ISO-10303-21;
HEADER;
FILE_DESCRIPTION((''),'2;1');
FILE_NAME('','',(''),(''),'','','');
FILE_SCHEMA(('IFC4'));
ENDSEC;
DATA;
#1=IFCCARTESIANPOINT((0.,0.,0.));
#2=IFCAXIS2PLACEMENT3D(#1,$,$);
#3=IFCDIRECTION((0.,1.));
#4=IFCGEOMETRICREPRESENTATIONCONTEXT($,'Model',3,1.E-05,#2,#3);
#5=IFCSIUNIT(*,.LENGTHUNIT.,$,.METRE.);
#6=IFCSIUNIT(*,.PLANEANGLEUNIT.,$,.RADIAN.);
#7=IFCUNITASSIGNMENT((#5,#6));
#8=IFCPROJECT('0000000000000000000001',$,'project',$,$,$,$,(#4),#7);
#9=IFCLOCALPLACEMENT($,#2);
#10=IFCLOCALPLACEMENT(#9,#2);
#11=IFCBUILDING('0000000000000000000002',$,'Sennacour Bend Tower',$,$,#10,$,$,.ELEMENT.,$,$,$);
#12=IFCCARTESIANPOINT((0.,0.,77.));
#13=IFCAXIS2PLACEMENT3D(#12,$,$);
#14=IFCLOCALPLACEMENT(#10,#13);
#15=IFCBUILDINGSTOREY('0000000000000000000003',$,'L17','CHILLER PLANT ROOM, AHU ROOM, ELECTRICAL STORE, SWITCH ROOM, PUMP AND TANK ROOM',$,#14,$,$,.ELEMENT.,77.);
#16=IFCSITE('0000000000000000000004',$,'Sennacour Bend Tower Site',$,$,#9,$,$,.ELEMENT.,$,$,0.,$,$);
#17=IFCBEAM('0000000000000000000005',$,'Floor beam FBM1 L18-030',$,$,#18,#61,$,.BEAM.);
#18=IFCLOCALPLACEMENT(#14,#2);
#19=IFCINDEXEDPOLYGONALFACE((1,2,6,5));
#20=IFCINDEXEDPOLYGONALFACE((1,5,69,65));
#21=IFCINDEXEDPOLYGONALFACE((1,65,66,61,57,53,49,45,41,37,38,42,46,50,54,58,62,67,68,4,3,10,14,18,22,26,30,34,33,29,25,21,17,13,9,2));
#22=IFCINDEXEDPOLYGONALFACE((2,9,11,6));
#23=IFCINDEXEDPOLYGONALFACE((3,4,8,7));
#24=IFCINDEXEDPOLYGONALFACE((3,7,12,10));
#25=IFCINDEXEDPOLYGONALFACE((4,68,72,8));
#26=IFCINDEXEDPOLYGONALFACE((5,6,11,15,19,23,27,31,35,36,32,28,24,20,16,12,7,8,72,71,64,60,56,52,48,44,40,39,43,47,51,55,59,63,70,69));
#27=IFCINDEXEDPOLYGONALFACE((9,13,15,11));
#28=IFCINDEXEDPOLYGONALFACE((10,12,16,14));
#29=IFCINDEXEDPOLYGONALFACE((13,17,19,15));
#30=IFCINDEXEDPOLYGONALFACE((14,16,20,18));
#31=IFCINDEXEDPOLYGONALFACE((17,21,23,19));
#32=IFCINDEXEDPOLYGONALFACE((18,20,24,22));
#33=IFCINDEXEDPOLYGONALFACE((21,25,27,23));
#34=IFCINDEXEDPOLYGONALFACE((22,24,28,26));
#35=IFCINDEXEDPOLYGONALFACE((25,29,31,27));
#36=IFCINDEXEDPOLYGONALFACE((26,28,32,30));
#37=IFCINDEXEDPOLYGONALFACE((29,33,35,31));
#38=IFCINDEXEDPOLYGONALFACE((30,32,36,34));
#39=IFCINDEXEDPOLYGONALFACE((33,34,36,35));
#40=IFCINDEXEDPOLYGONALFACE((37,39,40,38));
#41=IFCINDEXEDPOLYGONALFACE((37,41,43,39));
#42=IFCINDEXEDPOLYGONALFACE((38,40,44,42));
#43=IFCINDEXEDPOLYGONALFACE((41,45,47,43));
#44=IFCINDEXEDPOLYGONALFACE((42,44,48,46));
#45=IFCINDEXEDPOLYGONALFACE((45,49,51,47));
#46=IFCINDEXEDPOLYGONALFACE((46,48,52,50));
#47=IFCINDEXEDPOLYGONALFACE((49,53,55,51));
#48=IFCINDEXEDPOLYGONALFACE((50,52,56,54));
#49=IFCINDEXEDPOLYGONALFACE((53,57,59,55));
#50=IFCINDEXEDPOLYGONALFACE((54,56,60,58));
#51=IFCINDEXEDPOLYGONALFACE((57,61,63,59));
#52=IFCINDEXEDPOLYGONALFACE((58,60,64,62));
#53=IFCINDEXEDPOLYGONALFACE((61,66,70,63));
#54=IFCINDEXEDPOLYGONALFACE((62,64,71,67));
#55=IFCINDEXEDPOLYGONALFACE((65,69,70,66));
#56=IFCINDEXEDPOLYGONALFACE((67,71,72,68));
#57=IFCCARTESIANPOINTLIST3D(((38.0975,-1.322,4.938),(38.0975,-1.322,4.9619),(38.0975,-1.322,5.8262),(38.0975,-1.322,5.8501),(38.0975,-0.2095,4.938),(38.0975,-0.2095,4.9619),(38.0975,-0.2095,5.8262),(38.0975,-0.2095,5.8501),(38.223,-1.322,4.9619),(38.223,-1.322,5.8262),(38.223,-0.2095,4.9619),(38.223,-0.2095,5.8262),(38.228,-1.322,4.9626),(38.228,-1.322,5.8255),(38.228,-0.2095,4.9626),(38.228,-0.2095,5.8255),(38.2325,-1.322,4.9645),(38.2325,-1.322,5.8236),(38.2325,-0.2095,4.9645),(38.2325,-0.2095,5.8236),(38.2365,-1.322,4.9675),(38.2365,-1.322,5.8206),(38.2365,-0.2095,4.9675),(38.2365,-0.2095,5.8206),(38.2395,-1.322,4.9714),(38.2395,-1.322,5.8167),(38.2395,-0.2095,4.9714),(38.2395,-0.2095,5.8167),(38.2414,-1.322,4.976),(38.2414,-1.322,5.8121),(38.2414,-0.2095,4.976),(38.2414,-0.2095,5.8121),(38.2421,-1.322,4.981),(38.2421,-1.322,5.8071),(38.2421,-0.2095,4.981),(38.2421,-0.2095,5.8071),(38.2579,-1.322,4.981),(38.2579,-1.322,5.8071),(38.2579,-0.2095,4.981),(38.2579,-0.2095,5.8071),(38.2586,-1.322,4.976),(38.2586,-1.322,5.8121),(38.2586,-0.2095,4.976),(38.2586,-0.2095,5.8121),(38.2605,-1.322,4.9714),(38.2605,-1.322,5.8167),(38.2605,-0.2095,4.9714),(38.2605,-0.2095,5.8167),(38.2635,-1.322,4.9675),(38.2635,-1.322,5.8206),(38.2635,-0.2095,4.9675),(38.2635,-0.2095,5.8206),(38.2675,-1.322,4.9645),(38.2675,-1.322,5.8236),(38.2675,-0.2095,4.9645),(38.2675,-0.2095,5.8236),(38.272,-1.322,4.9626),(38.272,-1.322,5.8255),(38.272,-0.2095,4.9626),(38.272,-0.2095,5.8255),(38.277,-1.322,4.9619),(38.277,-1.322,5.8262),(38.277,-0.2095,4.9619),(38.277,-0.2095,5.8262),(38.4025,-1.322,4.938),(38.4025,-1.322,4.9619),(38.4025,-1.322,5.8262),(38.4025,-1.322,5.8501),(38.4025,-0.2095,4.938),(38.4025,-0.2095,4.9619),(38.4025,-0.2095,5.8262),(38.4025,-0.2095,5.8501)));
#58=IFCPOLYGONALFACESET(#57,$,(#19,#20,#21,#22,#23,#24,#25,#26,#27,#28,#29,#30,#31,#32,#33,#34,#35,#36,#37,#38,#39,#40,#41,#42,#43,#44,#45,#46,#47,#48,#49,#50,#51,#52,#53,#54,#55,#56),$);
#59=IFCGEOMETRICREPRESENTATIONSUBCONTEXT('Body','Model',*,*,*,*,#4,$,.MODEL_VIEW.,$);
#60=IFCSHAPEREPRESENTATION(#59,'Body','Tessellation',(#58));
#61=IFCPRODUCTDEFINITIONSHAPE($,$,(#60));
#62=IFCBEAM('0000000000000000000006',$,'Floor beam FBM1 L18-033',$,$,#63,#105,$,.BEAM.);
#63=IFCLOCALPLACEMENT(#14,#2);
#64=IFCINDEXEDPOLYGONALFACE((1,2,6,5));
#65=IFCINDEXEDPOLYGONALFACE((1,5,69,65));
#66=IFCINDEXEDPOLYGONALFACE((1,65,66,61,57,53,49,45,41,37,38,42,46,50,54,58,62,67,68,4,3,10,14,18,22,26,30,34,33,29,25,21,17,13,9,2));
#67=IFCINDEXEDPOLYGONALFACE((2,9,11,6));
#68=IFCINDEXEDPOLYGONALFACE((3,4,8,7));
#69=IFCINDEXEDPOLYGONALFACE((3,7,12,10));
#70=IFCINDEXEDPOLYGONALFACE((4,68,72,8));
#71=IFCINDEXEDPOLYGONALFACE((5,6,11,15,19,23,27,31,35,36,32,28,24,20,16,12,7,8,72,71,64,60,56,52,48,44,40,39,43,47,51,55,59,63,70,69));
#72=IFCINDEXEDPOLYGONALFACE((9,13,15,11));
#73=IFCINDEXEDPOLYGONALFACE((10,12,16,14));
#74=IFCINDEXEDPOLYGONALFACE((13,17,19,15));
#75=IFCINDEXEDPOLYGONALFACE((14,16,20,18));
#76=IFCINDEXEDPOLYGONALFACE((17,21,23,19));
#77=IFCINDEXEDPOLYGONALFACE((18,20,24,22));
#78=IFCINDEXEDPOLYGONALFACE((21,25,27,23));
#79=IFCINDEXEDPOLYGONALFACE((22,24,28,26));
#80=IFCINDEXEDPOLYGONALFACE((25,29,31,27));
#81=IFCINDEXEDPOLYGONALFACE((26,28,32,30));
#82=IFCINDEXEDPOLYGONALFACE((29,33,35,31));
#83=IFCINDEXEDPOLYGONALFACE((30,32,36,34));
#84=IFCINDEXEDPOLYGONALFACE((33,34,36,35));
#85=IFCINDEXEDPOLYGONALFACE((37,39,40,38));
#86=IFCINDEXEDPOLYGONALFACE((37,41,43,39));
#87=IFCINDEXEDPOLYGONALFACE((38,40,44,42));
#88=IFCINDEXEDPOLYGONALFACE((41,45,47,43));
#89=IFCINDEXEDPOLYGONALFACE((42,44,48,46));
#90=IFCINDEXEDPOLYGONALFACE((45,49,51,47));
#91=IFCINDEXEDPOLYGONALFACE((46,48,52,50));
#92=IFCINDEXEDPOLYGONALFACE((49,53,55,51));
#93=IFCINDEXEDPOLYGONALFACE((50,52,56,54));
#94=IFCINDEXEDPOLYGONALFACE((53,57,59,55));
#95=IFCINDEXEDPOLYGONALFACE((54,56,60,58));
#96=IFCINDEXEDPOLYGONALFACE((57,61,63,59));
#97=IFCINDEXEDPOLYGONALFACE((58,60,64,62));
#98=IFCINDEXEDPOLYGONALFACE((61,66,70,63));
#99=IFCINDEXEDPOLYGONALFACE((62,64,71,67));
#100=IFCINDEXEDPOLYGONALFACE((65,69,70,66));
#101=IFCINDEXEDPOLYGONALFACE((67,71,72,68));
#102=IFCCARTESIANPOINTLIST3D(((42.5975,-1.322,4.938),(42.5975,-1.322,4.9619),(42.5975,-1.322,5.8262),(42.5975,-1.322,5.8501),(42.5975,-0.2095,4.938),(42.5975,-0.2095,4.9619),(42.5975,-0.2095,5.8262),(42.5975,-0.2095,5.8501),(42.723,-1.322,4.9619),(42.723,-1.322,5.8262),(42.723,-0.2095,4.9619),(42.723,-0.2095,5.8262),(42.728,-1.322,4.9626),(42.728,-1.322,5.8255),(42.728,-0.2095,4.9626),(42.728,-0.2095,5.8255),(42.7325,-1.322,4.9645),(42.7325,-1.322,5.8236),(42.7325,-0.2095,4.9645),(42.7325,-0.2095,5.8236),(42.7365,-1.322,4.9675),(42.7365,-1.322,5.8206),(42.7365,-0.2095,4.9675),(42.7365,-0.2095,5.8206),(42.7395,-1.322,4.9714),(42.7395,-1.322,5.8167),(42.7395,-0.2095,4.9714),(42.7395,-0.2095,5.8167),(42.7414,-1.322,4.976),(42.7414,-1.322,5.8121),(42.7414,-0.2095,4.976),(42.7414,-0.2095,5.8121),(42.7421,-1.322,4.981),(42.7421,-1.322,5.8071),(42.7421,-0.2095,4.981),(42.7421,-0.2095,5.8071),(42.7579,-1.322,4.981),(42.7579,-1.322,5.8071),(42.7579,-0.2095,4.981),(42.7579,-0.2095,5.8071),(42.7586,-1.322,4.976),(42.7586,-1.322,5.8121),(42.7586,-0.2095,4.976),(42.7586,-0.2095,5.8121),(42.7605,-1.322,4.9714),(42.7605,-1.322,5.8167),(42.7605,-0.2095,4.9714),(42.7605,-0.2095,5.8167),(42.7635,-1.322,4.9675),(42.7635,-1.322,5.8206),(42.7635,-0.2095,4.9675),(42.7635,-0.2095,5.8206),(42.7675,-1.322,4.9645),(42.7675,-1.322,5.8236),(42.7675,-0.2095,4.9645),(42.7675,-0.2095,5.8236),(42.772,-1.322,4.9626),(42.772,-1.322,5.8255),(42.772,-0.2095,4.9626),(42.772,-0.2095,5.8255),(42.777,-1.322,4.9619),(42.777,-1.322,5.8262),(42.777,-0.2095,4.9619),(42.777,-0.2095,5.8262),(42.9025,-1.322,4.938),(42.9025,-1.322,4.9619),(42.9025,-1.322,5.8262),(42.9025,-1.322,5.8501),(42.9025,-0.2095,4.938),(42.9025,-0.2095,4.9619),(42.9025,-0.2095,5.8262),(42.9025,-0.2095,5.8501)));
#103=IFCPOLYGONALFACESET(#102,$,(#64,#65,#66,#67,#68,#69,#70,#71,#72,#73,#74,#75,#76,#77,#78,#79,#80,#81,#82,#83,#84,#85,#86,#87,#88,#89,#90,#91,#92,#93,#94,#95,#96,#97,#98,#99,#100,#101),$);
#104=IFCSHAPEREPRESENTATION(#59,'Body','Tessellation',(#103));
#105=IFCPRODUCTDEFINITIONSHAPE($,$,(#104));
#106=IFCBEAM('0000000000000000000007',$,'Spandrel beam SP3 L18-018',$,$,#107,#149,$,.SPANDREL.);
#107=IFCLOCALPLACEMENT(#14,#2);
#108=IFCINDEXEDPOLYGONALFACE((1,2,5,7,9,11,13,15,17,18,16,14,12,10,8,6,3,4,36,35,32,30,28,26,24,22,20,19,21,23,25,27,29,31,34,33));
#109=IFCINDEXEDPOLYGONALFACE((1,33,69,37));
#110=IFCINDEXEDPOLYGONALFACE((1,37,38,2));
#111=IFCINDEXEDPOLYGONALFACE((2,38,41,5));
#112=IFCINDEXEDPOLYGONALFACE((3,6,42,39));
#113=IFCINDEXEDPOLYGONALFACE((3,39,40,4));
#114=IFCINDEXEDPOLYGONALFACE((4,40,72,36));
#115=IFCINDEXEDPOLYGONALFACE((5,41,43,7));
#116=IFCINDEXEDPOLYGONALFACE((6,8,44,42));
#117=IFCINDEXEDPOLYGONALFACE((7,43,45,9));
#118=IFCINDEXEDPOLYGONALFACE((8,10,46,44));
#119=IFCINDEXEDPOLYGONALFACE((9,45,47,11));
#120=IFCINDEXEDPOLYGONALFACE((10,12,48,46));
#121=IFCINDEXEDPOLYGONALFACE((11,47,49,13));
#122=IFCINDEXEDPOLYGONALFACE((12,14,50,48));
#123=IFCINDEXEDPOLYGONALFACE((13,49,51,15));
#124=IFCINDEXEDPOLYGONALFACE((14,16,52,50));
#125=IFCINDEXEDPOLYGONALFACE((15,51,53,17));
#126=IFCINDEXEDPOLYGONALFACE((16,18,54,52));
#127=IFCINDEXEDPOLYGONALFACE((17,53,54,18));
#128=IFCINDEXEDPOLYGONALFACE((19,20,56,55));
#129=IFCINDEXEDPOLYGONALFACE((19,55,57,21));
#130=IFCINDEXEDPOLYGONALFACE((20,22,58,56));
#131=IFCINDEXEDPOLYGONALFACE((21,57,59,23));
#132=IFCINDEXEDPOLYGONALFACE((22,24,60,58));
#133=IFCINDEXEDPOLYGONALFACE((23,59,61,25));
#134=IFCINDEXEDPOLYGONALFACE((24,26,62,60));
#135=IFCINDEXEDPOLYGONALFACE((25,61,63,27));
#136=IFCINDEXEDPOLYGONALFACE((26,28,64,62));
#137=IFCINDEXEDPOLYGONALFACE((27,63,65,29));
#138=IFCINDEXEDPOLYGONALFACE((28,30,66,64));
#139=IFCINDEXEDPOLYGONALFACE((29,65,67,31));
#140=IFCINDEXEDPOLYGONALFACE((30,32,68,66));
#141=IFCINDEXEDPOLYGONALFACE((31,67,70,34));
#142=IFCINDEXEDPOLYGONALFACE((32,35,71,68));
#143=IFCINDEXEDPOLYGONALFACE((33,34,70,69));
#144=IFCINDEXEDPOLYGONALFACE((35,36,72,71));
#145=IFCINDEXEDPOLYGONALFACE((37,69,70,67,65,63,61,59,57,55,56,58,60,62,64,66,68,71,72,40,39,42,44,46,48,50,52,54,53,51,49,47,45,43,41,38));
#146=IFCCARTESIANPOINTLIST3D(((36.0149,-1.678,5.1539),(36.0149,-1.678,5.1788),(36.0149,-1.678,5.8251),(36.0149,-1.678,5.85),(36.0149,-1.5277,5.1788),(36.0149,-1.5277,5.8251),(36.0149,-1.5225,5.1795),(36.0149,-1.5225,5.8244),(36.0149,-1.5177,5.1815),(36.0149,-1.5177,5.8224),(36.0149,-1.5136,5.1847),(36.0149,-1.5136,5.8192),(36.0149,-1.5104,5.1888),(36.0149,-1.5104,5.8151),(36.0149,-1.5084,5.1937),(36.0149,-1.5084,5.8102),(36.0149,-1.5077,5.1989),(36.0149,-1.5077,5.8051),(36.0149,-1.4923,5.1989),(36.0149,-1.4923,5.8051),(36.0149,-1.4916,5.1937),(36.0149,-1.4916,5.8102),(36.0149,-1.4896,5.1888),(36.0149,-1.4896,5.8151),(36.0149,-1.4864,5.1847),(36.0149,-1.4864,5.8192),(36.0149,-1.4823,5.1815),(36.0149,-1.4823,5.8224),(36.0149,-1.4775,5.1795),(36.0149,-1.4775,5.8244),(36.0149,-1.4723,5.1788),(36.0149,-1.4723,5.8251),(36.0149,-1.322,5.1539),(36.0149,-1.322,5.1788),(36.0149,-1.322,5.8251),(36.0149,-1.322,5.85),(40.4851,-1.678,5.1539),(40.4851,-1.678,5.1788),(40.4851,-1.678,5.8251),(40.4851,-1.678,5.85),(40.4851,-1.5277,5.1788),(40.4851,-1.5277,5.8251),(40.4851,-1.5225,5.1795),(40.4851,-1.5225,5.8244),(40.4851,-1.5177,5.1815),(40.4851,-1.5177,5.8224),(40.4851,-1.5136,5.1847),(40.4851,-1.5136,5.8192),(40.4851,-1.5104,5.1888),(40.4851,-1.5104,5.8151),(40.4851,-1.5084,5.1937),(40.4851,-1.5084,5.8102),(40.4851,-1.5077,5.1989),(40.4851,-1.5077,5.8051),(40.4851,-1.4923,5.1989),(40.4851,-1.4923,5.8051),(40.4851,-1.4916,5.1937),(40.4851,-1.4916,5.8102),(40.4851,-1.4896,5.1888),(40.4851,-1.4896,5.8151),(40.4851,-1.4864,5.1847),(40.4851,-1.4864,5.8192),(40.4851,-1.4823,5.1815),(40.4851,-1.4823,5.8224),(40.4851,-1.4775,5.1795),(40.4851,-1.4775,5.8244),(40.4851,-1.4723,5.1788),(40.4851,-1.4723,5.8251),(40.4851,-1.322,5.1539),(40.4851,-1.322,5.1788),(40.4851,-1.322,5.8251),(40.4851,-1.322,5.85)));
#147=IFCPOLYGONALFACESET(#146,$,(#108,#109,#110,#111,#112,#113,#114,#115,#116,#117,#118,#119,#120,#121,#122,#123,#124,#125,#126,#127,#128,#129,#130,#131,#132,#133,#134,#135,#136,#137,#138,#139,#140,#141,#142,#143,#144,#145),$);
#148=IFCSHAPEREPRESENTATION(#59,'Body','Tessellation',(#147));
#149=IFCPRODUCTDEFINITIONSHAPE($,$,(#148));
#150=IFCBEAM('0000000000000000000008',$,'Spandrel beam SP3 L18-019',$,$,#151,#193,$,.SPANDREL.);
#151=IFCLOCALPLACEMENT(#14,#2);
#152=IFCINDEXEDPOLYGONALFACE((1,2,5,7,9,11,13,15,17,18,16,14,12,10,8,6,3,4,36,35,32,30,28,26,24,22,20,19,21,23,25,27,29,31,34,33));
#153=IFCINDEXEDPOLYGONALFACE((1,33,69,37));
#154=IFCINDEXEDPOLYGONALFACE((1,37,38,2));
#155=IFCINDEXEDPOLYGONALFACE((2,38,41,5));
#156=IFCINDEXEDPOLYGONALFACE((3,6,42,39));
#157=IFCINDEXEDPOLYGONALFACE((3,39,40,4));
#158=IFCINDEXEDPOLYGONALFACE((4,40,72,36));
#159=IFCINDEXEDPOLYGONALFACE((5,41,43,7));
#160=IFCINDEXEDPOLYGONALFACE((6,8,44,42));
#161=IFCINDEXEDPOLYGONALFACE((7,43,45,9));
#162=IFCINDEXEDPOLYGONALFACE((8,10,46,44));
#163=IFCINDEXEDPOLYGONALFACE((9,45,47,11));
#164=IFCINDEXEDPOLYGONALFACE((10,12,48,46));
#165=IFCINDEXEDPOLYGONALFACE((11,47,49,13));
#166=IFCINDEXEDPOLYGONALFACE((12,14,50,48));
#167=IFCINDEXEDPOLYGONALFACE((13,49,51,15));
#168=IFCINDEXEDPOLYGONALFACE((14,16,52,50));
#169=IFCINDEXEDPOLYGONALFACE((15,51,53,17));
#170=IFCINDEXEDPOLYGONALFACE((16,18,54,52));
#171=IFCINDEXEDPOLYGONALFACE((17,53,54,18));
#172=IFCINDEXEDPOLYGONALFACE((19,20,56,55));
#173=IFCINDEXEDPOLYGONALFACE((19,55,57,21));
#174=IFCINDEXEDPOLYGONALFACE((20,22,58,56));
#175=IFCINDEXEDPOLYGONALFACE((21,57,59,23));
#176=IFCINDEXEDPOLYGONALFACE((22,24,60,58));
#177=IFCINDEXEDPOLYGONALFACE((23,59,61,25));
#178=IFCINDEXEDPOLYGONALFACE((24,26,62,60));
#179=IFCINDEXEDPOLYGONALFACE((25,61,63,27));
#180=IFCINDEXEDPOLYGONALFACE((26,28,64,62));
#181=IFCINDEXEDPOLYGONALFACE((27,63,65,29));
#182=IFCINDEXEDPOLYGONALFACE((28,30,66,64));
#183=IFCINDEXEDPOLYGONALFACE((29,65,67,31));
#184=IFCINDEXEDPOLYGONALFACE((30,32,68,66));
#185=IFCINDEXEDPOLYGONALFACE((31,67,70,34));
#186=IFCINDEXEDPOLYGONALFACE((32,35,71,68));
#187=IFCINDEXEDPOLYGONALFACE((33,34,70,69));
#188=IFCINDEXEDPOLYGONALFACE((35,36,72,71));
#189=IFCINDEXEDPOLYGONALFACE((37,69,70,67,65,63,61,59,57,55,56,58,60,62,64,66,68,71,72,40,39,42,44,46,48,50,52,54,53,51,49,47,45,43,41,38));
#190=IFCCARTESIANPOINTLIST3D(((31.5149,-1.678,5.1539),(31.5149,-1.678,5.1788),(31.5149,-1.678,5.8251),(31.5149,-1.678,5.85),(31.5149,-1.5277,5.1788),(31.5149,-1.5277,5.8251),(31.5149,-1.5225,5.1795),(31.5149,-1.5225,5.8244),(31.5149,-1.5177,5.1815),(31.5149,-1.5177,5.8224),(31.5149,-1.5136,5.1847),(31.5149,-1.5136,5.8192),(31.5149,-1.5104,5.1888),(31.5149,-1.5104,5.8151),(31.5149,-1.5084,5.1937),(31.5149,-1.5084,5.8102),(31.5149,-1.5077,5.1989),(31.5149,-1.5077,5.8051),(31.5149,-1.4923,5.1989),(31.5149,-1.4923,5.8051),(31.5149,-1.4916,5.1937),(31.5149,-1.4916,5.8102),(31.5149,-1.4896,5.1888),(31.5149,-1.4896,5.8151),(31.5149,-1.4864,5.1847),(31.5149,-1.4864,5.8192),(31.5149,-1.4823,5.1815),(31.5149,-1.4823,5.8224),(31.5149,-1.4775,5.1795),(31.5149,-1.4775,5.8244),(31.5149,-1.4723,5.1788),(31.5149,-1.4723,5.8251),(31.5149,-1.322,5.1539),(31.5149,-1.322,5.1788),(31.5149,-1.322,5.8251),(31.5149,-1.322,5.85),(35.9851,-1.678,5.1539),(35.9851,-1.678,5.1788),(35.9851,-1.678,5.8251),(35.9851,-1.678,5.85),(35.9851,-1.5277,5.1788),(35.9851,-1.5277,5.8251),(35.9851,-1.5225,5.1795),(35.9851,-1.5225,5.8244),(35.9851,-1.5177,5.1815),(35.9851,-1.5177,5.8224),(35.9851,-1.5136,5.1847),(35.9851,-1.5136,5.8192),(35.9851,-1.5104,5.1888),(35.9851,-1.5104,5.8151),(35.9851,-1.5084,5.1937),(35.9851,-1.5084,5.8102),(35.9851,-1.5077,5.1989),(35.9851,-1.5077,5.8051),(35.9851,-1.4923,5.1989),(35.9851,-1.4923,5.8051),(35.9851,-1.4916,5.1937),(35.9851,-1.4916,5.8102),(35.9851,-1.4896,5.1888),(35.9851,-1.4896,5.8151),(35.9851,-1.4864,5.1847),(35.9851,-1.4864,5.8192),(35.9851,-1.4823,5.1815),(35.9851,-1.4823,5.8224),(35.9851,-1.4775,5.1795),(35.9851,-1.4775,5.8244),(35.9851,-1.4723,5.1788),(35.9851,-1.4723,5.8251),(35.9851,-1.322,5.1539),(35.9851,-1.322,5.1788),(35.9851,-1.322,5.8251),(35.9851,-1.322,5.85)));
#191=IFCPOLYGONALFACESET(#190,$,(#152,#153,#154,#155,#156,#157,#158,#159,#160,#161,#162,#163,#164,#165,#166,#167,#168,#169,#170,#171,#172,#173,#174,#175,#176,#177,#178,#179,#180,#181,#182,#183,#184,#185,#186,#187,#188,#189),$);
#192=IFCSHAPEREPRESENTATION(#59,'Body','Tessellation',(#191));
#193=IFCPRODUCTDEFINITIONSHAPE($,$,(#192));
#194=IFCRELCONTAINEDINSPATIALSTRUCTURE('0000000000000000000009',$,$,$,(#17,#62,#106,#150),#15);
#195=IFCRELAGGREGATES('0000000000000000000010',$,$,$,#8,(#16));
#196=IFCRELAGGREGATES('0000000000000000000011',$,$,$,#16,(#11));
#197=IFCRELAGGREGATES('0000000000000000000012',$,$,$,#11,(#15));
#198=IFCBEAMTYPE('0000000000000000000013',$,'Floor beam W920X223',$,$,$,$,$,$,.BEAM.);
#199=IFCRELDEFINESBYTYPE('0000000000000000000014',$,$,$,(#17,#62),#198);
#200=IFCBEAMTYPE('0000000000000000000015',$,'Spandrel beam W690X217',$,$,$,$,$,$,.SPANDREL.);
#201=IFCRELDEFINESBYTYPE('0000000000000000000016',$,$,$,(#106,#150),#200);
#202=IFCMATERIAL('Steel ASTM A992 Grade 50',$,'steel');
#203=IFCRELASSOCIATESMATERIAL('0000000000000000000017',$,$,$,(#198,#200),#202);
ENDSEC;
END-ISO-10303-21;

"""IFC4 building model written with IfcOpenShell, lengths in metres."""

from ifc_helpers import new_model, si_unit, direction, frame, origin, origin_2d, place, context, subcontext, project, spatial, i_section, extrude, material, material_profile, profile_set, type_object, element, save


model = new_model("IFC4")

# Units and contexts
model_context = context("Model", 3, precision=1e-05, world=origin(), true_north=direction((0.0, 1.0)))
body_context = subcontext(model_context, "Body", "Model", "MODEL_VIEW")
ifc_project = project(units=[si_unit("LENGTHUNIT", "METRE"), si_unit("PLANEANGLEUNIT", "RADIAN")], contexts=[model_context])

# Site, building, storey
site_placement = place(None, origin())
site = spatial("IfcSite", under=ifc_project, at=site_placement, Name="Sennacour Bend Tower Site", CompositionType="ELEMENT", RefElevation=0.0)
building_placement = place(site_placement, origin())
building = spatial("IfcBuilding", under=site, at=building_placement, Name="Sennacour Bend Tower", CompositionType="ELEMENT")
storey_placement = place(building_placement, frame((0.0, 0.0, 77.0)))
storey = spatial("IfcBuildingStorey", under=building, at=storey_placement, Name="L17", Description="CHILLER PLANT ROOM, AHU ROOM, ELECTRICAL STORE, SWITCH ROOM, PUMP AND TANK ROOM", CompositionType="ELEMENT", Elevation=77.0)

# Shared definitions
ifc_material_1 = material(Name="Steel ASTM A992 Grade 50", Category="steel")

# Beams
ifc_material_profile_1 = material_profile(ifc_material_1, i_section(OverallWidth=0.3049, OverallDepth=0.9121, WebThickness=0.0159, FlangeThickness=0.0239, FilletRadius=0.019, at=origin_2d()), Name="Steel ASTM A992 Grade 50", Category="steel")
ifc_profile_set_1 = profile_set([ifc_material_profile_1], Name="Steel ASTM A992 Grade 50")
beam_type_1 = type_object("IfcBeamType", Name="Floor beam W920X223", PredefinedType="BEAM", material=ifc_profile_set_1)
for number, where, z_axis, x_axis, name in (
    (1, (38.25, -1.322, 5.394), (0.0, 1.0, 0.0), (-1.0, 0.0, 0.0), "Floor beam FBM1 L18-030"),
    (2, (42.75, -1.322, 5.394), (0.0, 1.0, 0.0), (-1.0, 0.0, 0.0), "Floor beam FBM1 L18-033"),
):
    element("IfcBeam", number, at=place(storey_placement, frame(where, z_axis=z_axis, x_axis=x_axis)), inside=storey, type_object=beam_type_1, Name=name, PredefinedType="BEAM", context=body_context, shape_type="SweptSolid", body=[
        extrude(i_section(OverallWidth=0.3049, OverallDepth=0.9121, WebThickness=0.0159, FlangeThickness=0.0239, FilletRadius=0.019, at=origin_2d()), origin(), (0.0, 0.0, 1.0), 1.1125),
    ])
ifc_material_profile_2 = material_profile(ifc_material_1, i_section(OverallWidth=0.356, OverallDepth=0.696, WebThickness=0.0154, FlangeThickness=0.0249, FilletRadius=0.02, at=origin_2d()), Name="Steel ASTM A992 Grade 50", Category="steel")
ifc_profile_set_2 = profile_set([ifc_material_profile_2], Name="Steel ASTM A992 Grade 50")
beam_type_2 = type_object("IfcBeamType", Name="Spandrel beam W690X217", PredefinedType="SPANDREL", material=ifc_profile_set_2)
for number, where, z_axis, x_axis, name in (
    (3, (40.4851, -1.5, 5.502), (-1.0, 0.0, 0.0), (0.0, -1.0, 0.0), "Spandrel beam SP3 L18-018"),
    (4, (35.9851, -1.5, 5.502), (-1.0, 0.0, 0.0), (0.0, -1.0, 0.0), "Spandrel beam SP3 L18-019"),
):
    element("IfcBeam", number, at=place(storey_placement, frame(where, z_axis=z_axis, x_axis=x_axis)), inside=storey, type_object=beam_type_2, Name=name, PredefinedType="SPANDREL", context=body_context, shape_type="SweptSolid", body=[
        extrude(i_section(OverallWidth=0.356, OverallDepth=0.696, WebThickness=0.0154, FlangeThickness=0.0249, FilletRadius=0.02, at=origin_2d()), origin(), (0.0, 0.0, 1.0), 4.4702),
    ])

save(model, "model.ifc")
